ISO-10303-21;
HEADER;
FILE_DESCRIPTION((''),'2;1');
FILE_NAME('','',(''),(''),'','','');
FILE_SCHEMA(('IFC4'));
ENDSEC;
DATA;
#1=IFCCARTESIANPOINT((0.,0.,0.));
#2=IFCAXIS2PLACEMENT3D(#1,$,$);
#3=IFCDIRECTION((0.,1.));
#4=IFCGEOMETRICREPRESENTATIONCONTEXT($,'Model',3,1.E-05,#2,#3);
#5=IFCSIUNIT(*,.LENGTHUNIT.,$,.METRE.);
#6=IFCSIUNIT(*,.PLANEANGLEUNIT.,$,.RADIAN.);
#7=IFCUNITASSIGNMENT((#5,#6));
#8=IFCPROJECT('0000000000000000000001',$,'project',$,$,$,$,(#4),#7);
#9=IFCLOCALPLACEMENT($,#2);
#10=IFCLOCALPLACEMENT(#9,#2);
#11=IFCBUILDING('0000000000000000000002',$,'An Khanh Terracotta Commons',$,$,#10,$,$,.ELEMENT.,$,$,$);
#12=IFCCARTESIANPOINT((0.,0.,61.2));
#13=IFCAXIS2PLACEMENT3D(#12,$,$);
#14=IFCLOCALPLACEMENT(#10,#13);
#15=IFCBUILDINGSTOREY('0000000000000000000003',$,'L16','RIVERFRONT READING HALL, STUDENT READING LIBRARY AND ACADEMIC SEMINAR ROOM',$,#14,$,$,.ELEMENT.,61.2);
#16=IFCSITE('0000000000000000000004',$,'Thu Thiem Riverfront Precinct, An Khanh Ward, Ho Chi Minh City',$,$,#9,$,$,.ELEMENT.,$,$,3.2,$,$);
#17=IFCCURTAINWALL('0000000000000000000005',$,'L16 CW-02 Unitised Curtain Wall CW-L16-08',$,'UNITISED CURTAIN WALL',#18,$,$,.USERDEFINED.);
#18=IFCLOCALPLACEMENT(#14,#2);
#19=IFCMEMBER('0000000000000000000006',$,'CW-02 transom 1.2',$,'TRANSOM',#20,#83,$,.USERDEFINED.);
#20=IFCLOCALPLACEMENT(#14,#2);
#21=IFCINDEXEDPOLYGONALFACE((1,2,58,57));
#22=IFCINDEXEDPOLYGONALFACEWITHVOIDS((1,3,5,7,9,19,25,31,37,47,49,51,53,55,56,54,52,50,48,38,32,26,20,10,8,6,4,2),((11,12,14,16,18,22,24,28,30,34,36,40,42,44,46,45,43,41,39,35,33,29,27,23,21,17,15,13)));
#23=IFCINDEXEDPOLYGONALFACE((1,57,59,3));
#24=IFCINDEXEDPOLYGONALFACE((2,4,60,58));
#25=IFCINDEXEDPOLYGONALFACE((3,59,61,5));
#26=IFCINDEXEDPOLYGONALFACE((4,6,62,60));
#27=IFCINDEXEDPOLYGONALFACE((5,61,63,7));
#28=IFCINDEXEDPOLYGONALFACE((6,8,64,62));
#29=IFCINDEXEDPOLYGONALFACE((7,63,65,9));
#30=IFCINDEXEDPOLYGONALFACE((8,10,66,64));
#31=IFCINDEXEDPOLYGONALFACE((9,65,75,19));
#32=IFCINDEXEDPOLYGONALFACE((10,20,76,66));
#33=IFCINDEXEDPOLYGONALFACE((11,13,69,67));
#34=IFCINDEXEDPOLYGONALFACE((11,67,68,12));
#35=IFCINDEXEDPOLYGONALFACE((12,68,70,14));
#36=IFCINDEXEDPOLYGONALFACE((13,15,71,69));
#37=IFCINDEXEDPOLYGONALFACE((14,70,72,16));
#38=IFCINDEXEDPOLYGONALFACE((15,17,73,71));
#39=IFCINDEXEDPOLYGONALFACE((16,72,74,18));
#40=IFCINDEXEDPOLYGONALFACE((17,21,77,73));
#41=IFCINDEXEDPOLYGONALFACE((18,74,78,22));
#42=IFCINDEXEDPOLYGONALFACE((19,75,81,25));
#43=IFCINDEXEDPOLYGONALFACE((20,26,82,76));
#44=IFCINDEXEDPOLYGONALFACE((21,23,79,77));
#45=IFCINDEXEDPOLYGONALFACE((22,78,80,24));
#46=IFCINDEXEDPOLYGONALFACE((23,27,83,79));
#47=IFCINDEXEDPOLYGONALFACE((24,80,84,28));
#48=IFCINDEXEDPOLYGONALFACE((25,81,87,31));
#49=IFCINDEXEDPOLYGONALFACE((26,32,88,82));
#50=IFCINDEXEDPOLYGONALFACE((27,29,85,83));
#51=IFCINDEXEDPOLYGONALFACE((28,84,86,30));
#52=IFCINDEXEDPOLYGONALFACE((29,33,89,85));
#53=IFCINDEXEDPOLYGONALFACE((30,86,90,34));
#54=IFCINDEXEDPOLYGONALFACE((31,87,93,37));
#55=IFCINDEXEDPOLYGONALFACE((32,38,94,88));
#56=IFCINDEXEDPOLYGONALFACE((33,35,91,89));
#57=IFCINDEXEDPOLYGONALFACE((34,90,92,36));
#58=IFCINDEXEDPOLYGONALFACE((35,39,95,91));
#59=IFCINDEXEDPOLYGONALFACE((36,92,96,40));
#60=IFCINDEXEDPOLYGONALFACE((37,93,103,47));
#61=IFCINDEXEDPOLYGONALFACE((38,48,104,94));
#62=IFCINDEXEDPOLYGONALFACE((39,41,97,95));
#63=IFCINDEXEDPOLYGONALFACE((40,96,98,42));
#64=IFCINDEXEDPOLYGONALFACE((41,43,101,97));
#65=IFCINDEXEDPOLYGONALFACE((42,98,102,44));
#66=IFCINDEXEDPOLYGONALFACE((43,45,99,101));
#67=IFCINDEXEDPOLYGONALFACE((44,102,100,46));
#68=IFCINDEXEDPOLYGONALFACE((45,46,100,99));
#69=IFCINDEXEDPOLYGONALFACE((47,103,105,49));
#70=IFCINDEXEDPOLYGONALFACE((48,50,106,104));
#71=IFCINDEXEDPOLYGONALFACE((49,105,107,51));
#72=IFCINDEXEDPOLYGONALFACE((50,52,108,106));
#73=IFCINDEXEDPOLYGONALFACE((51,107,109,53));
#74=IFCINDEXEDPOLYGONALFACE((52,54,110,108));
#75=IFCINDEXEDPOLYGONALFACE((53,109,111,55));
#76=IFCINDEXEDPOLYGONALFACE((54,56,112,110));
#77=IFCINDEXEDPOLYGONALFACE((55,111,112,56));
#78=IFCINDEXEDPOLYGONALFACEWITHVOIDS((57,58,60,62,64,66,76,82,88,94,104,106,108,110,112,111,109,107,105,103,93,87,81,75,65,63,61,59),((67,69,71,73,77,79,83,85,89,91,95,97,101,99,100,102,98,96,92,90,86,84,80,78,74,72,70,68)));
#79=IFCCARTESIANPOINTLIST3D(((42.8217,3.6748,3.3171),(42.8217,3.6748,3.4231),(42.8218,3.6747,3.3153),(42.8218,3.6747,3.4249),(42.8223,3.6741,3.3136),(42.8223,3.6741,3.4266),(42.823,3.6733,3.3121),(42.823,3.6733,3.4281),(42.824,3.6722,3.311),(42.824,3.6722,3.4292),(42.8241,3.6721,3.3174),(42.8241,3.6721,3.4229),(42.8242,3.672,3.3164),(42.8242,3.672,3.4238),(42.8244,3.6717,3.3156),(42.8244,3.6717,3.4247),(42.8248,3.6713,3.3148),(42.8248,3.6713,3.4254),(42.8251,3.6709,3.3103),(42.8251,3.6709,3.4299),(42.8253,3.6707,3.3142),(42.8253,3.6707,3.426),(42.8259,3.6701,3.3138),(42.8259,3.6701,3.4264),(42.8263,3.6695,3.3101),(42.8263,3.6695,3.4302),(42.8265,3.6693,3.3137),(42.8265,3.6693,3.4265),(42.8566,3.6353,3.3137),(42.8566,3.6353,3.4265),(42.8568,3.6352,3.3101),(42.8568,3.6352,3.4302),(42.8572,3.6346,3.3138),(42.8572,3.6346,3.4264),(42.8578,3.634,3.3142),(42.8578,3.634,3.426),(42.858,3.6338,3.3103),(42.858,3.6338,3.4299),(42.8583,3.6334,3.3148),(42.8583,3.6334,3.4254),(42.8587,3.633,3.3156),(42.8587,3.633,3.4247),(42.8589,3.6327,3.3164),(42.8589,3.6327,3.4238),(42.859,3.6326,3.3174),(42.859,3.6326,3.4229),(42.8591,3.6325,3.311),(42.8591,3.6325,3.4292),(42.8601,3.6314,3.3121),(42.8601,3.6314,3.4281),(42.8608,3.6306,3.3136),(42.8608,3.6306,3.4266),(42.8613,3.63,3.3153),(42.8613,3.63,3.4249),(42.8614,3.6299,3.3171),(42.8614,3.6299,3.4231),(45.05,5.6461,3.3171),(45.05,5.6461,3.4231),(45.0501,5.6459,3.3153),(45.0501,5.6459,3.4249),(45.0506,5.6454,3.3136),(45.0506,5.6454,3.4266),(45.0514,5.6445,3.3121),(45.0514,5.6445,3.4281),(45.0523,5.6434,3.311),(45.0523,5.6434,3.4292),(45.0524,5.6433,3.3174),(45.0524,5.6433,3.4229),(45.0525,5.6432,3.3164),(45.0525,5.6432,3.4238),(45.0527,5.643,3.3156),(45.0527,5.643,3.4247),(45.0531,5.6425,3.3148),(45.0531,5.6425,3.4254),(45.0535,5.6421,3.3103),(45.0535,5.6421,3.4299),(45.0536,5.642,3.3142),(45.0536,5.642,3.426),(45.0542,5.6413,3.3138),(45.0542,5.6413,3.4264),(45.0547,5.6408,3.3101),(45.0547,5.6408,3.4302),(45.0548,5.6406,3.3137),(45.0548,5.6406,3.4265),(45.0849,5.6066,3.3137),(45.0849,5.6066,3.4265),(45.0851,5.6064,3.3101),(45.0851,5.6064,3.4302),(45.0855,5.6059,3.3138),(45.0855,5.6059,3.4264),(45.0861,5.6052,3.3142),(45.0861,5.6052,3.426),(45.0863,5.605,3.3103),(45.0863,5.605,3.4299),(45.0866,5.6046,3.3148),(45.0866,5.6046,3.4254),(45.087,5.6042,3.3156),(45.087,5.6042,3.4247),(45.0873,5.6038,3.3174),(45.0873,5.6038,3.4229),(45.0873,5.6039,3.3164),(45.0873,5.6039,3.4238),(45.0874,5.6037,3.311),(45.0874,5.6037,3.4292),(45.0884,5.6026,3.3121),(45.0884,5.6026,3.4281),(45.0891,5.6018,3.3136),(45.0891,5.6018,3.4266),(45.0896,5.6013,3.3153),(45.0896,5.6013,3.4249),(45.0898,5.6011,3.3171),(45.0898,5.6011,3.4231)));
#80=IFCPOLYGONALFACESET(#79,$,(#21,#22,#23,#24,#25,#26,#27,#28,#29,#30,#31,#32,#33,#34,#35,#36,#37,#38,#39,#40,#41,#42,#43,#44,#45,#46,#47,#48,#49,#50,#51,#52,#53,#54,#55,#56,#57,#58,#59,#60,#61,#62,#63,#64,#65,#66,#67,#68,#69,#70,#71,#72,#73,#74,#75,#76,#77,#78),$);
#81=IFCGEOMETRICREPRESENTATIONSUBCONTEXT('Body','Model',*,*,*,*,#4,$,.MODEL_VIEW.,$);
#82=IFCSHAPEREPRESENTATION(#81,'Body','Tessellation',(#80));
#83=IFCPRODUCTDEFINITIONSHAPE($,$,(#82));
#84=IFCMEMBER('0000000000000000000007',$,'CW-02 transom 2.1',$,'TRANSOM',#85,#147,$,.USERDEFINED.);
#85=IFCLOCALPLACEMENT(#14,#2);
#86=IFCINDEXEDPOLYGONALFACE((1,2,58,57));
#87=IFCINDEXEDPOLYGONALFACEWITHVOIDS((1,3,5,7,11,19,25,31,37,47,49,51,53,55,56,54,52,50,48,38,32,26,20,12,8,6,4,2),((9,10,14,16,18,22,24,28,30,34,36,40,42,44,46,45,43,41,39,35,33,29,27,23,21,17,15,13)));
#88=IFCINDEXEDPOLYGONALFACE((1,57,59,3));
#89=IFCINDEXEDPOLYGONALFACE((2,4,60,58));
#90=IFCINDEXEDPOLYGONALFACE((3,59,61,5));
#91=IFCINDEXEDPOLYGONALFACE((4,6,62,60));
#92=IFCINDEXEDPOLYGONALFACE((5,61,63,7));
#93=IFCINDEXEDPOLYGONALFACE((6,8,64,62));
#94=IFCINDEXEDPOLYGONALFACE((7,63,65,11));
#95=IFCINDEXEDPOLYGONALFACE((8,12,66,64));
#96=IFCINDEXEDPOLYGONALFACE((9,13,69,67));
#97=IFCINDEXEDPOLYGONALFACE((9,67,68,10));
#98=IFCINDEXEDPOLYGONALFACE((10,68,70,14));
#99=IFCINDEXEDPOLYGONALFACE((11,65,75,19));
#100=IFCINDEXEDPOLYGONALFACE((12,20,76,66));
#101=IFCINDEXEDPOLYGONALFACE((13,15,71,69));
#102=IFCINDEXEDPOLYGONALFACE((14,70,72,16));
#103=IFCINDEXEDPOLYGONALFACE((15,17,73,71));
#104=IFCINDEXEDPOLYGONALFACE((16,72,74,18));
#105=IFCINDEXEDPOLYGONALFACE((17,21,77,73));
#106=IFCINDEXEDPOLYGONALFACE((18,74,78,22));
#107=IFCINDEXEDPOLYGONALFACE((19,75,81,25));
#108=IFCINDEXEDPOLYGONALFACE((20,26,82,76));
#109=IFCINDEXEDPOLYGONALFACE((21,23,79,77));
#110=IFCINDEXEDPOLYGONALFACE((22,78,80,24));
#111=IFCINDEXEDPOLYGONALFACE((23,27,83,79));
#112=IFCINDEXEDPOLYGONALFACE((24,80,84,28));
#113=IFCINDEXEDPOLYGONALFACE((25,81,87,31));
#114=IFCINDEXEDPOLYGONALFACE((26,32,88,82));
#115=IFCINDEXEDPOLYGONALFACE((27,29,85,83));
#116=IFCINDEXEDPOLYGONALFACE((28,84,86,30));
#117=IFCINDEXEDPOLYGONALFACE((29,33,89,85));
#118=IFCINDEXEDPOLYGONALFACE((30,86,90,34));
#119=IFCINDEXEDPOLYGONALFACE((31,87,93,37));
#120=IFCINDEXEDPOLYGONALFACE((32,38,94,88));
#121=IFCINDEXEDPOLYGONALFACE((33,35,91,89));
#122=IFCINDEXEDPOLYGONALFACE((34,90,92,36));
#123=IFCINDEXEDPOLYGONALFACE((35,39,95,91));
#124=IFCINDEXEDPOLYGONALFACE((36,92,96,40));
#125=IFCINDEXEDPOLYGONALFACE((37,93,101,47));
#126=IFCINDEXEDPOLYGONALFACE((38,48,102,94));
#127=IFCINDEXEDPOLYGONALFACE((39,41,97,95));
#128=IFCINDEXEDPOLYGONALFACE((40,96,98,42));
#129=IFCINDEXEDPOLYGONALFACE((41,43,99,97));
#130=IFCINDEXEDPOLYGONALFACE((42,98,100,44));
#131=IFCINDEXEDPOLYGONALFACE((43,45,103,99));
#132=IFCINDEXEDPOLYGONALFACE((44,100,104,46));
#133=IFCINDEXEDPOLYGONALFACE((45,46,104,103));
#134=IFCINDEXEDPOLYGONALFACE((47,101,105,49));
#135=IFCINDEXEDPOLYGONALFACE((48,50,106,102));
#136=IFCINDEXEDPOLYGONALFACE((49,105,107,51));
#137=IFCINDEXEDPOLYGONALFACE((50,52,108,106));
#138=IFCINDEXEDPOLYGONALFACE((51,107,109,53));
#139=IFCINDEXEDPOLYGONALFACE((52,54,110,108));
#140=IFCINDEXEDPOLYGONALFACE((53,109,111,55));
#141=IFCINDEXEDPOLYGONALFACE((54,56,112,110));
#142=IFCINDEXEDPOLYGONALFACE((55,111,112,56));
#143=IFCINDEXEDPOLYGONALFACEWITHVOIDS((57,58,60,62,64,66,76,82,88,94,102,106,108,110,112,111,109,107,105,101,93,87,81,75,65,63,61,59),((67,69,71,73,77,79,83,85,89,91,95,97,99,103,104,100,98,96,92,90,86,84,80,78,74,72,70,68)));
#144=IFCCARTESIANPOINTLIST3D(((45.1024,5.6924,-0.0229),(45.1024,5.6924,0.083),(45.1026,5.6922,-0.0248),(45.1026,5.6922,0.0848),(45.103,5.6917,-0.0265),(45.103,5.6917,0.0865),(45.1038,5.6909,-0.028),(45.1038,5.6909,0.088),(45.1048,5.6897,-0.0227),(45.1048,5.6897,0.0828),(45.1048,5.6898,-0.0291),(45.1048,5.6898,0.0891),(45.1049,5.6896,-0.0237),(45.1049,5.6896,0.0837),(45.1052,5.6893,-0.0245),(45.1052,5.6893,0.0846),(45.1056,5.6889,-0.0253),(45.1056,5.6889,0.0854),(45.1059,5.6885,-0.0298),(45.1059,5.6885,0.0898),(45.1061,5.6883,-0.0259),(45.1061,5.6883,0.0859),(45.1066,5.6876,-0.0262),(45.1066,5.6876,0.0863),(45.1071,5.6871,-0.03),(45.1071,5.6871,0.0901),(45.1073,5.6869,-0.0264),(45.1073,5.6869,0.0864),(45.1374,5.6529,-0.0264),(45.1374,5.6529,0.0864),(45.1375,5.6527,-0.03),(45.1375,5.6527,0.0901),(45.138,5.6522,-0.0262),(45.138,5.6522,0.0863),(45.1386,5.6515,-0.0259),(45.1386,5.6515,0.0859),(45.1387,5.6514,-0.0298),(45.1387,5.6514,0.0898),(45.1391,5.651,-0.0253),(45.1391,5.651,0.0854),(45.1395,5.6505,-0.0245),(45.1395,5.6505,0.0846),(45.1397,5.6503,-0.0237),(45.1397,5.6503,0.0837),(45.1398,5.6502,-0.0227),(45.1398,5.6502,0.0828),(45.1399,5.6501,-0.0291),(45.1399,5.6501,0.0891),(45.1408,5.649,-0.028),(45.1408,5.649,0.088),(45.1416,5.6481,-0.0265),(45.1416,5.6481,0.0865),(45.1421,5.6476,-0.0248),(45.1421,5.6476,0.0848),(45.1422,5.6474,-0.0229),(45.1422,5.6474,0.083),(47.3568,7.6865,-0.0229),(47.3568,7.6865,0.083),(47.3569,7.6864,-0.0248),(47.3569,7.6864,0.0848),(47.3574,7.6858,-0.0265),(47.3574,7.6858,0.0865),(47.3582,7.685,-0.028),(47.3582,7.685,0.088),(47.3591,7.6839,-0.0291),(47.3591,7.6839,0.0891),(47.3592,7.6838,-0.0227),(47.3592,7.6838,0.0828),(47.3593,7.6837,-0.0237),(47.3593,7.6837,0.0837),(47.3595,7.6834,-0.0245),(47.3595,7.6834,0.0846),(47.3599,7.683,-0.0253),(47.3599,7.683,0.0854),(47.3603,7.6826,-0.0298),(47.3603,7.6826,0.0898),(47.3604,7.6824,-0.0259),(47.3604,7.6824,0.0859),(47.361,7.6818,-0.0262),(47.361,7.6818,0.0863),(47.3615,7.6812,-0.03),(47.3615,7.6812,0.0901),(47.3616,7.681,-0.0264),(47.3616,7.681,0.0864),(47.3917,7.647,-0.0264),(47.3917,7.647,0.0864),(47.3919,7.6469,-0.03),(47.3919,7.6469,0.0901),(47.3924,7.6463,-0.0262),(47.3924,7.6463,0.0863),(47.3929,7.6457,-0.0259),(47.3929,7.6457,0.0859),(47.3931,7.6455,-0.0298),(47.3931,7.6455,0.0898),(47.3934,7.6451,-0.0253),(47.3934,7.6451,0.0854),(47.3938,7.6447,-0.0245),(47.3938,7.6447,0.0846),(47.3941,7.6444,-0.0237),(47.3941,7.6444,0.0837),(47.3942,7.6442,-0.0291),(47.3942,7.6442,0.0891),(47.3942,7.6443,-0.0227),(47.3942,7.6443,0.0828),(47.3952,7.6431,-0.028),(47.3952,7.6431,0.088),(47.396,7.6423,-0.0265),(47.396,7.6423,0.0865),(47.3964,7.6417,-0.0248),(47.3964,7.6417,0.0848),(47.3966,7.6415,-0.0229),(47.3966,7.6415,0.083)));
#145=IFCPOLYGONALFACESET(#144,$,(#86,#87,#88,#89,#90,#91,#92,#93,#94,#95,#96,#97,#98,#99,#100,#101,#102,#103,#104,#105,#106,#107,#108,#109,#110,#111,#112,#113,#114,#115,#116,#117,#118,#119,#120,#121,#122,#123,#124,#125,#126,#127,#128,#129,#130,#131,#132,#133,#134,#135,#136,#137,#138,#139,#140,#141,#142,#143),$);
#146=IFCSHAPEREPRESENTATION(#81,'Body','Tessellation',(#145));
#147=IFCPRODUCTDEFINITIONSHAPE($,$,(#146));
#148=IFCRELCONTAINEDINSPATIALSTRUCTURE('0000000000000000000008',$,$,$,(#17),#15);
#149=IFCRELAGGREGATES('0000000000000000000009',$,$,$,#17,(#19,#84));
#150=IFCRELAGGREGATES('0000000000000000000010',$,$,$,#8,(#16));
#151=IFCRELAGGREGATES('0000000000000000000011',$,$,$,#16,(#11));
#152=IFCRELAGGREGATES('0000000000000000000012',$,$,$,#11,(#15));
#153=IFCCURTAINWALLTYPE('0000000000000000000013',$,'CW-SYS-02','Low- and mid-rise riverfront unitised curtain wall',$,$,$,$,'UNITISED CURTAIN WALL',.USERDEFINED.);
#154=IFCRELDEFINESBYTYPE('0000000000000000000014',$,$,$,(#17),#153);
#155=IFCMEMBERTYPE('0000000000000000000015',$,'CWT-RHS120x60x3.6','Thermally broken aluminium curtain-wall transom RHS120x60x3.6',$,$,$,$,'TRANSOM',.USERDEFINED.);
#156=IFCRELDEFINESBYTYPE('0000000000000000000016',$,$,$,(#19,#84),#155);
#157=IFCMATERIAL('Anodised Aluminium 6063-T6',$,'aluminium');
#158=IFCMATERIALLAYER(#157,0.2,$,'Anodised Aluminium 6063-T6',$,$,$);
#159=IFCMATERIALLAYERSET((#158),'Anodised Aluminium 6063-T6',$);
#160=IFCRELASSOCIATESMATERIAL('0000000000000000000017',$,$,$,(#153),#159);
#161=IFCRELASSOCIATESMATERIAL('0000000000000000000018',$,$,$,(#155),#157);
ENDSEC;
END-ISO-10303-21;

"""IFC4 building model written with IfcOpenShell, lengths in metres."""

from ifc_helpers import new_model, si_unit, direction, frame, origin, origin_2d, place, context, subcontext, project, spatial, hollow_rectangle, extrude, material, layer, layer_set, material_profile, profile_set, type_object, element, aggregate, save


model = new_model("IFC4")

# Units and contexts
model_context = context("Model", 3, precision=1e-05, world=origin(), true_north=direction((0.0, 1.0)))
body_context = subcontext(model_context, "Body", "Model", "MODEL_VIEW")
ifc_project = project(units=[si_unit("LENGTHUNIT", "METRE"), si_unit("PLANEANGLEUNIT", "RADIAN")], contexts=[model_context])

# Site, building, storey
site_placement = place(None, origin())
site = spatial("IfcSite", under=ifc_project, at=site_placement, Name="Thu Thiem Riverfront Precinct, An Khanh Ward, Ho Chi Minh City", CompositionType="ELEMENT", RefElevation=3.2)
building_placement = place(site_placement, origin())
building = spatial("IfcBuilding", under=site, at=building_placement, Name="An Khanh Terracotta Commons", CompositionType="ELEMENT")
storey_placement = place(building_placement, frame((0.0, 0.0, 61.2)))
storey = spatial("IfcBuildingStorey", under=building, at=storey_placement, Name="L16", Description="RIVERFRONT READING HALL, STUDENT READING LIBRARY AND ACADEMIC SEMINAR ROOM", CompositionType="ELEMENT", Elevation=61.2)

# Curtain wall
ifc_material_1 = material(Name="Anodised Aluminium 6063-T6", Category="aluminium")
ifc_layer_1 = layer(ifc_material_1, 0.2, Name="Anodised Aluminium 6063-T6")
ifc_layer_set_1 = layer_set([ifc_layer_1], Name="Anodised Aluminium 6063-T6")
curtain_wall_type = type_object("IfcCurtainWallType", Name="CW-SYS-02", Description="Low- and mid-rise riverfront unitised curtain wall", ElementType="UNITISED CURTAIN WALL", PredefinedType="USERDEFINED", material=ifc_layer_set_1)
curtain_wall_1_placement = place(storey_placement, origin())
curtain_wall_1 = element("IfcCurtainWall", 1, at=curtain_wall_1_placement, inside=storey, type_object=curtain_wall_type, Name="L16 CW-02 Unitised Curtain Wall CW-L16-08", ObjectType="UNITISED CURTAIN WALL", PredefinedType="USERDEFINED")

# Members
ifc_material_profile_1 = material_profile(ifc_material_1, hollow_rectangle(XDim=0.0601, YDim=0.1201, WallThickness=0.0037, InnerFilletRadius=0.0037, OuterFilletRadius=0.0071, at=origin_2d()), Name="RHS120x60x3.6")
ifc_profile_set_1 = profile_set([ifc_material_profile_1], Name="Anodised Aluminium 6063-T6")
member_type_1 = type_object("IfcMemberType", Name="CWT-RHS120x60x3.6", Description="Thermally broken aluminium curtain-wall transom RHS120x60x3.6", ElementType="TRANSOM", PredefinedType="USERDEFINED", material=ifc_profile_set_1)
member_1_placement = place(storey_placement, frame((42.8416, 3.6523, 3.3701), z_axis=(0.748992, 0.662579, 0.0), x_axis=(-0.662579, 0.748992, 0.0)))
member_1 = element("IfcMember", 2, at=member_1_placement, type_object=member_type_1, Name="CW-02 transom 1.2", ObjectType="TRANSOM", PredefinedType="USERDEFINED", context=body_context, shape_type="SweptSolid", body=[
    extrude(hollow_rectangle(XDim=0.0601, YDim=0.1201, WallThickness=0.0037, InnerFilletRadius=0.0037, OuterFilletRadius=0.0071, at=origin_2d()), origin(), (0.0, 0.0, 1.0), 2.9751),
])
member_2_placement = place(storey_placement, frame((45.1223, 5.6699, 0.03), z_axis=(0.749018, 0.662549, 0.0), x_axis=(-0.662549, 0.749018, 0.0)))
member_2 = element("IfcMember", 3, at=member_2_placement, type_object=member_type_1, Name="CW-02 transom 2.1", ObjectType="TRANSOM", PredefinedType="USERDEFINED", context=body_context, shape_type="SweptSolid", body=[
    extrude(hollow_rectangle(XDim=0.0601, YDim=0.1201, WallThickness=0.0037, InnerFilletRadius=0.0037, OuterFilletRadius=0.0071, at=origin_2d()), origin(), (0.0, 0.0, 1.0), 3.0098),
])

aggregate(curtain_wall_1, [member_1, member_2])

save(model, "model.ifc")
